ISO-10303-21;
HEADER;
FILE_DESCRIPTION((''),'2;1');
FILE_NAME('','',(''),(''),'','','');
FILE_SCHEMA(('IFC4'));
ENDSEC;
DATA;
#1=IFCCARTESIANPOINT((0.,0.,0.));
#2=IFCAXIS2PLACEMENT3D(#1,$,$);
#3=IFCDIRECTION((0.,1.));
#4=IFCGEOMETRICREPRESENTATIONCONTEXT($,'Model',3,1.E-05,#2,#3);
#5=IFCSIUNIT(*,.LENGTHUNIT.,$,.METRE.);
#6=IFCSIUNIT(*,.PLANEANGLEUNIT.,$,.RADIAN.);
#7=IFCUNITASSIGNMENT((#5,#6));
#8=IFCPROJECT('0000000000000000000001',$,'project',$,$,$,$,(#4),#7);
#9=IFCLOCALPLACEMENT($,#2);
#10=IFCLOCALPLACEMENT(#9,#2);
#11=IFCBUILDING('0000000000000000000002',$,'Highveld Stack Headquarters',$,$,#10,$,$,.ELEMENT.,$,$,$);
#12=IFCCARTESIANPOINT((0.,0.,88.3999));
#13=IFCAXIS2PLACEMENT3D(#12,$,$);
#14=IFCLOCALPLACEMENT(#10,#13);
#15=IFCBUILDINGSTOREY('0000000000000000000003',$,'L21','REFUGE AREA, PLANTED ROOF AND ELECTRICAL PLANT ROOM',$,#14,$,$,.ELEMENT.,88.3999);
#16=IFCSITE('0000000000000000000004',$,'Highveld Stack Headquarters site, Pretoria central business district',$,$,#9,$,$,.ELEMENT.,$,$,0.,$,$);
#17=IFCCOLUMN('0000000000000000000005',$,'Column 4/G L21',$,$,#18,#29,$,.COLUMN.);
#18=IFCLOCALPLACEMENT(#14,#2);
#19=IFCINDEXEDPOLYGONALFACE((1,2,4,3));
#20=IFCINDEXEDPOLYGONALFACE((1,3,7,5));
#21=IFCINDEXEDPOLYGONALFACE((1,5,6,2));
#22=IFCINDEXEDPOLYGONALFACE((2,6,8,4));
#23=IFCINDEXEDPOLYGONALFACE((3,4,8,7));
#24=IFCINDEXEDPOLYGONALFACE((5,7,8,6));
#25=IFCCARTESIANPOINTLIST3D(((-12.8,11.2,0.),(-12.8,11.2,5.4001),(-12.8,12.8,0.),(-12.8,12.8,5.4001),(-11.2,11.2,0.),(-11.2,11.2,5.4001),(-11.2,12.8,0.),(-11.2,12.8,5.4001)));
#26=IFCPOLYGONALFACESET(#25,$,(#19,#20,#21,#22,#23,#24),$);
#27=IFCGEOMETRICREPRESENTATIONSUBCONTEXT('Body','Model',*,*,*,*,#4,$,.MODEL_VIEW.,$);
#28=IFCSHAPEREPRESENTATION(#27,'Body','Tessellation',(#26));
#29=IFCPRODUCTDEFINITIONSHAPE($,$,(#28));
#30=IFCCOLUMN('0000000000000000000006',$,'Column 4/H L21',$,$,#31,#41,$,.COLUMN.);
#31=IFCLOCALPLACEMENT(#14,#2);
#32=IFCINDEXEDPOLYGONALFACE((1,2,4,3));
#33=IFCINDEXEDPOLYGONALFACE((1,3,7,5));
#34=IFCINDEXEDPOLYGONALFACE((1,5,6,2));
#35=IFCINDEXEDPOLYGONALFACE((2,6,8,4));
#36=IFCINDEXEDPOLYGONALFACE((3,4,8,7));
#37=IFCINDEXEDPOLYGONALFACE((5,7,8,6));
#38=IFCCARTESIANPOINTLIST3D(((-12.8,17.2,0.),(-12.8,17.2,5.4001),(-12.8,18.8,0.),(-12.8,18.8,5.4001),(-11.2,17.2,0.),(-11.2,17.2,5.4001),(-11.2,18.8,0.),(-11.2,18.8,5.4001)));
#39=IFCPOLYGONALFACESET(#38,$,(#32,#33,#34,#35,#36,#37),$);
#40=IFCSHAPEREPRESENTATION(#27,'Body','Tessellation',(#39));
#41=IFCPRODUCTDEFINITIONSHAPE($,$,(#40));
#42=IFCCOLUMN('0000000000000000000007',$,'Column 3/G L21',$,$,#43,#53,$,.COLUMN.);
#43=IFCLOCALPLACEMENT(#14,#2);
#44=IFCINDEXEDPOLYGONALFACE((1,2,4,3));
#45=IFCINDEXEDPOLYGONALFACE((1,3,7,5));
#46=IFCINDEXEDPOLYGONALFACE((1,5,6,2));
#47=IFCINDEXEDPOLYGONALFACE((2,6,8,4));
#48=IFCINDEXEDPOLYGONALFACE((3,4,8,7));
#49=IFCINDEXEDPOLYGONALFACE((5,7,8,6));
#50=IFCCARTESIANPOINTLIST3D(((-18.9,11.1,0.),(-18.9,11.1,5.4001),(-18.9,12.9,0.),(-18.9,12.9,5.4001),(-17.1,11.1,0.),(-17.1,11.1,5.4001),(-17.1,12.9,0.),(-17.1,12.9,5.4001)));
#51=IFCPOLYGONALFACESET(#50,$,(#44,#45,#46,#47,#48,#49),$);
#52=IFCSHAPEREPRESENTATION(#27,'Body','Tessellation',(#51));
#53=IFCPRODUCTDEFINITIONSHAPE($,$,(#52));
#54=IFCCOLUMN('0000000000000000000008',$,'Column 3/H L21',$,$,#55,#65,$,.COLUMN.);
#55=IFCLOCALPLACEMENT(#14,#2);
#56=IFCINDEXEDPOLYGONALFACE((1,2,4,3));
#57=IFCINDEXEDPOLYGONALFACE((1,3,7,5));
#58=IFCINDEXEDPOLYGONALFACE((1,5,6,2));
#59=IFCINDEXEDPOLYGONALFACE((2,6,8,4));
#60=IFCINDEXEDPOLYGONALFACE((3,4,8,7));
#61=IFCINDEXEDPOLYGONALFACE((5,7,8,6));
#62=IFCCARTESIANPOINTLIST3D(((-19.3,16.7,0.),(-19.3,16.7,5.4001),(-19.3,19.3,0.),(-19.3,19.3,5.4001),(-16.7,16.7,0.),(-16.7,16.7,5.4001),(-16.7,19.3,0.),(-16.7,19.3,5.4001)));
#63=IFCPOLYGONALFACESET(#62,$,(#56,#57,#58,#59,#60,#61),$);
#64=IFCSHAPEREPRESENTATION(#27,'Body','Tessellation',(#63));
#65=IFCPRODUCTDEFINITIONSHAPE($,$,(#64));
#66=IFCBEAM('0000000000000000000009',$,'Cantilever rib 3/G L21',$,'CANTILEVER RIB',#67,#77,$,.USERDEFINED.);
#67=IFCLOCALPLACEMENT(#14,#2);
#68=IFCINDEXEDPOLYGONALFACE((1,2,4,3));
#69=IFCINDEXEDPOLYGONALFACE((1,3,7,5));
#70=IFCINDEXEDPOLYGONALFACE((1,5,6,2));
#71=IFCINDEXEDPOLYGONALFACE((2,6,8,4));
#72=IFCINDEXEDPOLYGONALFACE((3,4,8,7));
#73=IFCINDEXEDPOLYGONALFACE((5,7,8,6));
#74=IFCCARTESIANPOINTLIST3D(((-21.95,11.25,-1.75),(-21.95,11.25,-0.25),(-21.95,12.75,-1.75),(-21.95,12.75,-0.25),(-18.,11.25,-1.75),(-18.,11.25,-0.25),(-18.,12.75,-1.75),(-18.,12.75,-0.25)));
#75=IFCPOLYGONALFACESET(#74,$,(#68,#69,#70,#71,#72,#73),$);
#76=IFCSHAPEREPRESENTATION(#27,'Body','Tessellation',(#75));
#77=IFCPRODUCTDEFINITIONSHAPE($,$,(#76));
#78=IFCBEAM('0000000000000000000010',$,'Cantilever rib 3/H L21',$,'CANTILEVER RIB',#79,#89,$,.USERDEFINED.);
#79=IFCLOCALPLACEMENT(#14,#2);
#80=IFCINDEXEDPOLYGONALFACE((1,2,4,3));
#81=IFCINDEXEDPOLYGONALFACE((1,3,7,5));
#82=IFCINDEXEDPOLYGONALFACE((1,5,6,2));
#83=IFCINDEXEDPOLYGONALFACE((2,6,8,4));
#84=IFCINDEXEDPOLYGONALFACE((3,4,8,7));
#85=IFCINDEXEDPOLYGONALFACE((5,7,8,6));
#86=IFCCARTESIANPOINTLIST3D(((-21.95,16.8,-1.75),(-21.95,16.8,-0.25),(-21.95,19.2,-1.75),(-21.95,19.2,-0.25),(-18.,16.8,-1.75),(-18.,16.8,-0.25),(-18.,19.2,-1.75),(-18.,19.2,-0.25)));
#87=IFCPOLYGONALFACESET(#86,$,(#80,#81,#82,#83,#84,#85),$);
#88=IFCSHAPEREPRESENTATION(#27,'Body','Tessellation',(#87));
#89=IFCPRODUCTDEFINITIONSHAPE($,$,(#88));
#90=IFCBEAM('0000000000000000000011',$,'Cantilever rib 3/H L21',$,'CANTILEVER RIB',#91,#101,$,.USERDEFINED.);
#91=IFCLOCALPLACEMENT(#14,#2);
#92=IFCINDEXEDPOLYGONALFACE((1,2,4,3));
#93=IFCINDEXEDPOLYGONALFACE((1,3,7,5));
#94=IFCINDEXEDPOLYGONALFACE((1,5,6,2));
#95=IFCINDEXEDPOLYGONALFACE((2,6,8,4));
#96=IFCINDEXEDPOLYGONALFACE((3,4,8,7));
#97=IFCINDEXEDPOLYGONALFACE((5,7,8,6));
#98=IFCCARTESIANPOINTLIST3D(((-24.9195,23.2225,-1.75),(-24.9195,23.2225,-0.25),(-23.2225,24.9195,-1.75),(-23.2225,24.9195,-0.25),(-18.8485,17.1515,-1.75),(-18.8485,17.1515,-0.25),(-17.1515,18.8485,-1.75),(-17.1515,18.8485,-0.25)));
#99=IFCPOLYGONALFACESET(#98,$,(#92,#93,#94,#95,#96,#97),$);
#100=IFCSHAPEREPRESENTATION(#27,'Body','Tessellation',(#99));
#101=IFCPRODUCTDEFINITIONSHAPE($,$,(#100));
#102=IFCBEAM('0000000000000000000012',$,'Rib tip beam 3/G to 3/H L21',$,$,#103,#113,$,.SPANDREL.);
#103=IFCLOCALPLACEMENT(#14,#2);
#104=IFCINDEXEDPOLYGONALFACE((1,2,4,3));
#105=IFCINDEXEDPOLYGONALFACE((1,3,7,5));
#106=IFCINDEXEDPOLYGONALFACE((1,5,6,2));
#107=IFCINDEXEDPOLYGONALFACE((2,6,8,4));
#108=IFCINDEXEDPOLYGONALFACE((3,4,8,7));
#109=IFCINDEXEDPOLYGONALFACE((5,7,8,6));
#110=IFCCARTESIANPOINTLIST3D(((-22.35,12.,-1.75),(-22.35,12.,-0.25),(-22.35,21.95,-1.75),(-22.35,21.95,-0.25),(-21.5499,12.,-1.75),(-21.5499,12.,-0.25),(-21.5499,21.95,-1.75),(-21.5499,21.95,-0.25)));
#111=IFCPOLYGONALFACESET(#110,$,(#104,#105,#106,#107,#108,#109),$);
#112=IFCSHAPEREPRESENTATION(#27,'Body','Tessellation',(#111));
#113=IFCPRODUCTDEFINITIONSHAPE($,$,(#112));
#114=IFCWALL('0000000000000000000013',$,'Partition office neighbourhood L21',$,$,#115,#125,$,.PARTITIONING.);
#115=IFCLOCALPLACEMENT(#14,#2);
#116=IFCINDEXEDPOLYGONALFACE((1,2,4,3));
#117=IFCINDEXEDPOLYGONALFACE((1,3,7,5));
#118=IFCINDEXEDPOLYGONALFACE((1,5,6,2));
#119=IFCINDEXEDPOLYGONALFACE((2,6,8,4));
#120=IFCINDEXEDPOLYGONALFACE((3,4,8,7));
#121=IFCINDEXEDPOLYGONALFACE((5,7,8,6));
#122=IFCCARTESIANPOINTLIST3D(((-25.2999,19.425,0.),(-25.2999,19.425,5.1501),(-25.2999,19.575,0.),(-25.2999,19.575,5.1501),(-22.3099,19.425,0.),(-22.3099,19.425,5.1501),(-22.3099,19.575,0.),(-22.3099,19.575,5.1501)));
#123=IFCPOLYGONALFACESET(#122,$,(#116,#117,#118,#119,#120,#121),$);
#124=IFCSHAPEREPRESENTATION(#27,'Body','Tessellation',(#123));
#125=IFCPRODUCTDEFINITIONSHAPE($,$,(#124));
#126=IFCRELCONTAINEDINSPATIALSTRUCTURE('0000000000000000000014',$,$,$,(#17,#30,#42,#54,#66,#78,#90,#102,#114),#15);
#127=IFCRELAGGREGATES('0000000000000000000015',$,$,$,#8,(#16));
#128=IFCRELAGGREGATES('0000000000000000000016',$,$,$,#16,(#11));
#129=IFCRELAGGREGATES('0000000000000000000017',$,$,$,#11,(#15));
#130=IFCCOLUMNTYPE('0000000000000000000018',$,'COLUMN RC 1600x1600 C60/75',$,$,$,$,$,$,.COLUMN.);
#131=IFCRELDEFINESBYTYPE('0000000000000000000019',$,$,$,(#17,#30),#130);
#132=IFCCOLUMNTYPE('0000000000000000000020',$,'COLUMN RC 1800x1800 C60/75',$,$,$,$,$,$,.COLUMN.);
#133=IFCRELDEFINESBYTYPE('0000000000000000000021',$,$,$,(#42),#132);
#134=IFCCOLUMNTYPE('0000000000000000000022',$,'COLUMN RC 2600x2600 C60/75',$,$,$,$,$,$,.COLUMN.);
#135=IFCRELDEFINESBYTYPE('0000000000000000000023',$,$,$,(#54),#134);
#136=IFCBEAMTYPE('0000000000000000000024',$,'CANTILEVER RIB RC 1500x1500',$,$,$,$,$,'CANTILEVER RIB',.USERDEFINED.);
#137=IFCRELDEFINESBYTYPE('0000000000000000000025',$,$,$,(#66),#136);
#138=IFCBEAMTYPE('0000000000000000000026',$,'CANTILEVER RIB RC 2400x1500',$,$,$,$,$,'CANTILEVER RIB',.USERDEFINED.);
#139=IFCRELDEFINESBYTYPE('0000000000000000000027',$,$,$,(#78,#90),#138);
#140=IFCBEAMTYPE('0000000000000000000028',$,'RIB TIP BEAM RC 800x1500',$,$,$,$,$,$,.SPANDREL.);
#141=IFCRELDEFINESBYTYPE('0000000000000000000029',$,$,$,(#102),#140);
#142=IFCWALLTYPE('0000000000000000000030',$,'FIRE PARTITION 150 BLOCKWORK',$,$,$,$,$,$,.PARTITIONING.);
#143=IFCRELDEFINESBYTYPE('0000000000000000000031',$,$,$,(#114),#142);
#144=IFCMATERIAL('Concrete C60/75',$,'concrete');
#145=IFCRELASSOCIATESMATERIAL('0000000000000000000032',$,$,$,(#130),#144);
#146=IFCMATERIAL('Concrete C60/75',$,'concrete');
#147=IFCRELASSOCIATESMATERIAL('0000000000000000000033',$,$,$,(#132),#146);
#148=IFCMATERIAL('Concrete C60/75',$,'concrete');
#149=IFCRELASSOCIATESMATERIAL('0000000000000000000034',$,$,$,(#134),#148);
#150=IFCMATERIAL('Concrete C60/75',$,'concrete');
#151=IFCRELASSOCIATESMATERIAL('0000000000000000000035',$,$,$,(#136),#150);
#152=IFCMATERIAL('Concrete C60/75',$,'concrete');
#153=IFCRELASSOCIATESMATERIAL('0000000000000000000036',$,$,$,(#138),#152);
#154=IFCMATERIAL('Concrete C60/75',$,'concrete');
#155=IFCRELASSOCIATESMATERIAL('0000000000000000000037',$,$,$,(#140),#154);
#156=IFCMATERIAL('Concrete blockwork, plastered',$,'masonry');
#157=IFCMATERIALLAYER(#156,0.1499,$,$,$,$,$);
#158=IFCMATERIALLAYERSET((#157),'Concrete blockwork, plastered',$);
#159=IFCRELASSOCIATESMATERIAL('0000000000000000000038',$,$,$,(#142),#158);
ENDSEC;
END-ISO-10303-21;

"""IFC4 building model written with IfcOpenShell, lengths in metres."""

from ifc_helpers import new_model, si_unit, direction, frame, frame_2d, origin, origin_2d, place, context, subcontext, project, spatial, rectangle, extrude, material, layer, layer_set, material_profile, profile_set, type_object, element, save


model = new_model("IFC4")

# Units and contexts
model_context = context("Model", 3, precision=1e-05, world=origin(), true_north=direction((0.0, 1.0)))
body_context = subcontext(model_context, "Body", "Model", "MODEL_VIEW")
ifc_project = project(units=[si_unit("LENGTHUNIT", "METRE"), si_unit("PLANEANGLEUNIT", "RADIAN")], contexts=[model_context])

# Site, building, storey
site_placement = place(None, origin())
site = spatial("IfcSite", under=ifc_project, at=site_placement, Name="Highveld Stack Headquarters site, Pretoria central business district", CompositionType="ELEMENT", RefElevation=0.0)
building_placement = place(site_placement, origin())
building = spatial("IfcBuilding", under=site, at=building_placement, Name="Highveld Stack Headquarters", CompositionType="ELEMENT")
storey_placement = place(building_placement, frame((0.0, 0.0, 88.3999)))
storey = spatial("IfcBuildingStorey", under=building, at=storey_placement, Name="L21", Description="REFUGE AREA, PLANTED ROOF AND ELECTRICAL PLANT ROOM", CompositionType="ELEMENT", Elevation=88.3999)

# Columns
ifc_material_1 = material(Name="Concrete C60/75", Category="concrete")
ifc_material_profile_1 = material_profile(ifc_material_1, rectangle(XDim=1.6001, YDim=1.6001, at=origin_2d()), Name="RC 1600x1600")
ifc_profile_set_1 = profile_set([ifc_material_profile_1], Name="Concrete C60/75")
column_type_1 = type_object("IfcColumnType", Name="COLUMN RC 1600x1600 C60/75", PredefinedType="COLUMN", material=ifc_profile_set_1)
for number, where, z_axis, x_axis, name in (
    (1, (-12.0, 12.0, 0.0), (0.0, 0.0, 1.0), (1.0, 0.0, 0.0), "Column 4/G L21"),
    (2, (-12.0, 18.0, 0.0), (0.0, 0.0, 1.0), (1.0, 0.0, 0.0), "Column 4/H L21"),
):
    element("IfcColumn", number, at=place(storey_placement, frame(where, z_axis=z_axis, x_axis=x_axis)), inside=storey, type_object=column_type_1, Name=name, PredefinedType="COLUMN", context=body_context, shape_type="SweptSolid", body=[
        extrude(rectangle(XDim=1.6001, YDim=1.6001, at=origin_2d()), origin(), (0.0, 0.0, 1.0), 5.4001),
    ])
ifc_material_2 = material(Name="Concrete C60/75", Category="concrete")
ifc_material_profile_2 = material_profile(ifc_material_2, rectangle(XDim=1.8, YDim=1.8, at=origin_2d()), Name="RC 1800x1800")
ifc_profile_set_2 = profile_set([ifc_material_profile_2], Name="Concrete C60/75")
column_type_2 = type_object("IfcColumnType", Name="COLUMN RC 1800x1800 C60/75", PredefinedType="COLUMN", material=ifc_profile_set_2)
column_1_placement = place(storey_placement, frame((-18.0, 12.0, 0.0), z_axis=(0.0, 0.0, 1.0), x_axis=(1.0, 0.0, 0.0)))
element("IfcColumn", 3, at=column_1_placement, inside=storey, type_object=column_type_2, Name="Column 3/G L21", PredefinedType="COLUMN", context=body_context, shape_type="SweptSolid", body=[
    extrude(rectangle(XDim=1.8, YDim=1.8, at=origin_2d()), origin(), (0.0, 0.0, 1.0), 5.4001),
])
ifc_material_3 = material(Name="Concrete C60/75", Category="concrete")
ifc_material_profile_3 = material_profile(ifc_material_3, rectangle(XDim=2.6001, YDim=2.6001, at=origin_2d()), Name="RC 2600x2600")
ifc_profile_set_3 = profile_set([ifc_material_profile_3], Name="Concrete C60/75")
column_type_3 = type_object("IfcColumnType", Name="COLUMN RC 2600x2600 C60/75", PredefinedType="COLUMN", material=ifc_profile_set_3)
column_2_placement = place(storey_placement, frame((-18.0, 18.0, 0.0), z_axis=(0.0, 0.0, 1.0), x_axis=(1.0, 0.0, 0.0)))
element("IfcColumn", 4, at=column_2_placement, inside=storey, type_object=column_type_3, Name="Column 3/H L21", PredefinedType="COLUMN", context=body_context, shape_type="SweptSolid", body=[
    extrude(rectangle(XDim=2.6001, YDim=2.6001, at=origin_2d()), origin(), (0.0, 0.0, 1.0), 5.4001),
])

# Beams
ifc_material_4 = material(Name="Concrete C60/75", Category="concrete")
ifc_material_profile_4 = material_profile(ifc_material_4, rectangle(XDim=1.5, YDim=1.5, at=origin_2d()), Name="RC 1500x1500")
ifc_profile_set_4 = profile_set([ifc_material_profile_4], Name="Concrete C60/75")
beam_type_1 = type_object("IfcBeamType", Name="CANTILEVER RIB RC 1500x1500", ElementType="CANTILEVER RIB", PredefinedType="USERDEFINED", material=ifc_profile_set_4)
beam_1_placement = place(storey_placement, frame((-18.0, 12.0, -1.0), z_axis=(-1.0, 0.0, 0.0), x_axis=(0.0, -1.0, 0.0)))
element("IfcBeam", 5, at=beam_1_placement, inside=storey, type_object=beam_type_1, Name="Cantilever rib 3/G L21", ObjectType="CANTILEVER RIB", PredefinedType="USERDEFINED", context=body_context, shape_type="SweptSolid", body=[
    extrude(rectangle(XDim=1.5, YDim=1.5, at=origin_2d()), origin(), (0.0, 0.0, 1.0), 3.95),
])
ifc_material_5 = material(Name="Concrete C60/75", Category="concrete")
ifc_material_profile_5 = material_profile(ifc_material_5, rectangle(XDim=2.3999, YDim=1.5, at=origin_2d()), Name="RC 2400x1500")
ifc_profile_set_5 = profile_set([ifc_material_profile_5], Name="Concrete C60/75")
beam_type_2 = type_object("IfcBeamType", Name="CANTILEVER RIB RC 2400x1500", ElementType="CANTILEVER RIB", PredefinedType="USERDEFINED", material=ifc_profile_set_5)
beam_2_placement = place(storey_placement, frame((-18.0, 18.0, -1.0), z_axis=(-1.0, 0.0, 0.0), x_axis=(0.0, -1.0, 0.0)))
element("IfcBeam", 6, at=beam_2_placement, inside=storey, type_object=beam_type_2, Name="Cantilever rib 3/H L21", ObjectType="CANTILEVER RIB", PredefinedType="USERDEFINED", context=body_context, shape_type="SweptSolid", body=[
    extrude(rectangle(XDim=2.3999, YDim=1.5, at=origin_2d()), origin(), (0.0, 0.0, 1.0), 3.95),
])
beam_3_placement = place(storey_placement, frame((-18.0, 18.0, -1.0), z_axis=(-0.707107, 0.707107, 0.0), x_axis=(-0.707107, -0.707107, 0.0)))
element("IfcBeam", 7, at=beam_3_placement, inside=storey, type_object=beam_type_2, Name="Cantilever rib 3/H L21", ObjectType="CANTILEVER RIB", PredefinedType="USERDEFINED", context=body_context, shape_type="SweptSolid", body=[
    extrude(rectangle(XDim=2.3999, YDim=1.5, at=origin_2d()), origin(), (0.0, 0.0, 1.0), 8.5857),
])
ifc_material_6 = material(Name="Concrete C60/75", Category="concrete")
ifc_material_profile_6 = material_profile(ifc_material_6, rectangle(XDim=0.8, YDim=1.5, at=origin_2d()), Name="RC 800x1500")
ifc_profile_set_6 = profile_set([ifc_material_profile_6], Name="Concrete C60/75")
beam_type_3 = type_object("IfcBeamType", Name="RIB TIP BEAM RC 800x1500", PredefinedType="SPANDREL", material=ifc_profile_set_6)
beam_4_placement = place(storey_placement, frame((-21.95, 12.0, -1.0), z_axis=(0.0, 1.0, 0.0), x_axis=(-1.0, 0.0, 0.0)))
element("IfcBeam", 8, at=beam_4_placement, inside=storey, type_object=beam_type_3, Name="Rib tip beam 3/G to 3/H L21", PredefinedType="SPANDREL", context=body_context, shape_type="SweptSolid", body=[
    extrude(rectangle(XDim=0.8, YDim=1.5, at=origin_2d()), origin(), (0.0, 0.0, 1.0), 9.95),
])

# Wall
ifc_material_7 = material(Name="Concrete blockwork, plastered", Category="masonry")
ifc_layer = layer(ifc_material_7, 0.1499)
ifc_layer_set = layer_set([ifc_layer], Name="Concrete blockwork, plastered")
wall_type = type_object("IfcWallType", Name="FIRE PARTITION 150 BLOCKWORK", PredefinedType="PARTITIONING", material=ifc_layer_set)
wall_placement = place(storey_placement, frame((-25.3, 19.5, 0.0), z_axis=(0.0, 0.0, 1.0), x_axis=(1.0, 0.0, 0.0)))
element("IfcWall", 9, at=wall_placement, inside=storey, type_object=wall_type, Name="Partition office neighbourhood L21", PredefinedType="PARTITIONING", context=body_context, shape_type="SweptSolid", body=[
    extrude(rectangle(XDim=2.99, YDim=0.1499, at=frame_2d((1.4951, 0.0))), origin(), (0.0, 0.0, 1.0), 5.1501),
])

save(model, "model.ifc")
